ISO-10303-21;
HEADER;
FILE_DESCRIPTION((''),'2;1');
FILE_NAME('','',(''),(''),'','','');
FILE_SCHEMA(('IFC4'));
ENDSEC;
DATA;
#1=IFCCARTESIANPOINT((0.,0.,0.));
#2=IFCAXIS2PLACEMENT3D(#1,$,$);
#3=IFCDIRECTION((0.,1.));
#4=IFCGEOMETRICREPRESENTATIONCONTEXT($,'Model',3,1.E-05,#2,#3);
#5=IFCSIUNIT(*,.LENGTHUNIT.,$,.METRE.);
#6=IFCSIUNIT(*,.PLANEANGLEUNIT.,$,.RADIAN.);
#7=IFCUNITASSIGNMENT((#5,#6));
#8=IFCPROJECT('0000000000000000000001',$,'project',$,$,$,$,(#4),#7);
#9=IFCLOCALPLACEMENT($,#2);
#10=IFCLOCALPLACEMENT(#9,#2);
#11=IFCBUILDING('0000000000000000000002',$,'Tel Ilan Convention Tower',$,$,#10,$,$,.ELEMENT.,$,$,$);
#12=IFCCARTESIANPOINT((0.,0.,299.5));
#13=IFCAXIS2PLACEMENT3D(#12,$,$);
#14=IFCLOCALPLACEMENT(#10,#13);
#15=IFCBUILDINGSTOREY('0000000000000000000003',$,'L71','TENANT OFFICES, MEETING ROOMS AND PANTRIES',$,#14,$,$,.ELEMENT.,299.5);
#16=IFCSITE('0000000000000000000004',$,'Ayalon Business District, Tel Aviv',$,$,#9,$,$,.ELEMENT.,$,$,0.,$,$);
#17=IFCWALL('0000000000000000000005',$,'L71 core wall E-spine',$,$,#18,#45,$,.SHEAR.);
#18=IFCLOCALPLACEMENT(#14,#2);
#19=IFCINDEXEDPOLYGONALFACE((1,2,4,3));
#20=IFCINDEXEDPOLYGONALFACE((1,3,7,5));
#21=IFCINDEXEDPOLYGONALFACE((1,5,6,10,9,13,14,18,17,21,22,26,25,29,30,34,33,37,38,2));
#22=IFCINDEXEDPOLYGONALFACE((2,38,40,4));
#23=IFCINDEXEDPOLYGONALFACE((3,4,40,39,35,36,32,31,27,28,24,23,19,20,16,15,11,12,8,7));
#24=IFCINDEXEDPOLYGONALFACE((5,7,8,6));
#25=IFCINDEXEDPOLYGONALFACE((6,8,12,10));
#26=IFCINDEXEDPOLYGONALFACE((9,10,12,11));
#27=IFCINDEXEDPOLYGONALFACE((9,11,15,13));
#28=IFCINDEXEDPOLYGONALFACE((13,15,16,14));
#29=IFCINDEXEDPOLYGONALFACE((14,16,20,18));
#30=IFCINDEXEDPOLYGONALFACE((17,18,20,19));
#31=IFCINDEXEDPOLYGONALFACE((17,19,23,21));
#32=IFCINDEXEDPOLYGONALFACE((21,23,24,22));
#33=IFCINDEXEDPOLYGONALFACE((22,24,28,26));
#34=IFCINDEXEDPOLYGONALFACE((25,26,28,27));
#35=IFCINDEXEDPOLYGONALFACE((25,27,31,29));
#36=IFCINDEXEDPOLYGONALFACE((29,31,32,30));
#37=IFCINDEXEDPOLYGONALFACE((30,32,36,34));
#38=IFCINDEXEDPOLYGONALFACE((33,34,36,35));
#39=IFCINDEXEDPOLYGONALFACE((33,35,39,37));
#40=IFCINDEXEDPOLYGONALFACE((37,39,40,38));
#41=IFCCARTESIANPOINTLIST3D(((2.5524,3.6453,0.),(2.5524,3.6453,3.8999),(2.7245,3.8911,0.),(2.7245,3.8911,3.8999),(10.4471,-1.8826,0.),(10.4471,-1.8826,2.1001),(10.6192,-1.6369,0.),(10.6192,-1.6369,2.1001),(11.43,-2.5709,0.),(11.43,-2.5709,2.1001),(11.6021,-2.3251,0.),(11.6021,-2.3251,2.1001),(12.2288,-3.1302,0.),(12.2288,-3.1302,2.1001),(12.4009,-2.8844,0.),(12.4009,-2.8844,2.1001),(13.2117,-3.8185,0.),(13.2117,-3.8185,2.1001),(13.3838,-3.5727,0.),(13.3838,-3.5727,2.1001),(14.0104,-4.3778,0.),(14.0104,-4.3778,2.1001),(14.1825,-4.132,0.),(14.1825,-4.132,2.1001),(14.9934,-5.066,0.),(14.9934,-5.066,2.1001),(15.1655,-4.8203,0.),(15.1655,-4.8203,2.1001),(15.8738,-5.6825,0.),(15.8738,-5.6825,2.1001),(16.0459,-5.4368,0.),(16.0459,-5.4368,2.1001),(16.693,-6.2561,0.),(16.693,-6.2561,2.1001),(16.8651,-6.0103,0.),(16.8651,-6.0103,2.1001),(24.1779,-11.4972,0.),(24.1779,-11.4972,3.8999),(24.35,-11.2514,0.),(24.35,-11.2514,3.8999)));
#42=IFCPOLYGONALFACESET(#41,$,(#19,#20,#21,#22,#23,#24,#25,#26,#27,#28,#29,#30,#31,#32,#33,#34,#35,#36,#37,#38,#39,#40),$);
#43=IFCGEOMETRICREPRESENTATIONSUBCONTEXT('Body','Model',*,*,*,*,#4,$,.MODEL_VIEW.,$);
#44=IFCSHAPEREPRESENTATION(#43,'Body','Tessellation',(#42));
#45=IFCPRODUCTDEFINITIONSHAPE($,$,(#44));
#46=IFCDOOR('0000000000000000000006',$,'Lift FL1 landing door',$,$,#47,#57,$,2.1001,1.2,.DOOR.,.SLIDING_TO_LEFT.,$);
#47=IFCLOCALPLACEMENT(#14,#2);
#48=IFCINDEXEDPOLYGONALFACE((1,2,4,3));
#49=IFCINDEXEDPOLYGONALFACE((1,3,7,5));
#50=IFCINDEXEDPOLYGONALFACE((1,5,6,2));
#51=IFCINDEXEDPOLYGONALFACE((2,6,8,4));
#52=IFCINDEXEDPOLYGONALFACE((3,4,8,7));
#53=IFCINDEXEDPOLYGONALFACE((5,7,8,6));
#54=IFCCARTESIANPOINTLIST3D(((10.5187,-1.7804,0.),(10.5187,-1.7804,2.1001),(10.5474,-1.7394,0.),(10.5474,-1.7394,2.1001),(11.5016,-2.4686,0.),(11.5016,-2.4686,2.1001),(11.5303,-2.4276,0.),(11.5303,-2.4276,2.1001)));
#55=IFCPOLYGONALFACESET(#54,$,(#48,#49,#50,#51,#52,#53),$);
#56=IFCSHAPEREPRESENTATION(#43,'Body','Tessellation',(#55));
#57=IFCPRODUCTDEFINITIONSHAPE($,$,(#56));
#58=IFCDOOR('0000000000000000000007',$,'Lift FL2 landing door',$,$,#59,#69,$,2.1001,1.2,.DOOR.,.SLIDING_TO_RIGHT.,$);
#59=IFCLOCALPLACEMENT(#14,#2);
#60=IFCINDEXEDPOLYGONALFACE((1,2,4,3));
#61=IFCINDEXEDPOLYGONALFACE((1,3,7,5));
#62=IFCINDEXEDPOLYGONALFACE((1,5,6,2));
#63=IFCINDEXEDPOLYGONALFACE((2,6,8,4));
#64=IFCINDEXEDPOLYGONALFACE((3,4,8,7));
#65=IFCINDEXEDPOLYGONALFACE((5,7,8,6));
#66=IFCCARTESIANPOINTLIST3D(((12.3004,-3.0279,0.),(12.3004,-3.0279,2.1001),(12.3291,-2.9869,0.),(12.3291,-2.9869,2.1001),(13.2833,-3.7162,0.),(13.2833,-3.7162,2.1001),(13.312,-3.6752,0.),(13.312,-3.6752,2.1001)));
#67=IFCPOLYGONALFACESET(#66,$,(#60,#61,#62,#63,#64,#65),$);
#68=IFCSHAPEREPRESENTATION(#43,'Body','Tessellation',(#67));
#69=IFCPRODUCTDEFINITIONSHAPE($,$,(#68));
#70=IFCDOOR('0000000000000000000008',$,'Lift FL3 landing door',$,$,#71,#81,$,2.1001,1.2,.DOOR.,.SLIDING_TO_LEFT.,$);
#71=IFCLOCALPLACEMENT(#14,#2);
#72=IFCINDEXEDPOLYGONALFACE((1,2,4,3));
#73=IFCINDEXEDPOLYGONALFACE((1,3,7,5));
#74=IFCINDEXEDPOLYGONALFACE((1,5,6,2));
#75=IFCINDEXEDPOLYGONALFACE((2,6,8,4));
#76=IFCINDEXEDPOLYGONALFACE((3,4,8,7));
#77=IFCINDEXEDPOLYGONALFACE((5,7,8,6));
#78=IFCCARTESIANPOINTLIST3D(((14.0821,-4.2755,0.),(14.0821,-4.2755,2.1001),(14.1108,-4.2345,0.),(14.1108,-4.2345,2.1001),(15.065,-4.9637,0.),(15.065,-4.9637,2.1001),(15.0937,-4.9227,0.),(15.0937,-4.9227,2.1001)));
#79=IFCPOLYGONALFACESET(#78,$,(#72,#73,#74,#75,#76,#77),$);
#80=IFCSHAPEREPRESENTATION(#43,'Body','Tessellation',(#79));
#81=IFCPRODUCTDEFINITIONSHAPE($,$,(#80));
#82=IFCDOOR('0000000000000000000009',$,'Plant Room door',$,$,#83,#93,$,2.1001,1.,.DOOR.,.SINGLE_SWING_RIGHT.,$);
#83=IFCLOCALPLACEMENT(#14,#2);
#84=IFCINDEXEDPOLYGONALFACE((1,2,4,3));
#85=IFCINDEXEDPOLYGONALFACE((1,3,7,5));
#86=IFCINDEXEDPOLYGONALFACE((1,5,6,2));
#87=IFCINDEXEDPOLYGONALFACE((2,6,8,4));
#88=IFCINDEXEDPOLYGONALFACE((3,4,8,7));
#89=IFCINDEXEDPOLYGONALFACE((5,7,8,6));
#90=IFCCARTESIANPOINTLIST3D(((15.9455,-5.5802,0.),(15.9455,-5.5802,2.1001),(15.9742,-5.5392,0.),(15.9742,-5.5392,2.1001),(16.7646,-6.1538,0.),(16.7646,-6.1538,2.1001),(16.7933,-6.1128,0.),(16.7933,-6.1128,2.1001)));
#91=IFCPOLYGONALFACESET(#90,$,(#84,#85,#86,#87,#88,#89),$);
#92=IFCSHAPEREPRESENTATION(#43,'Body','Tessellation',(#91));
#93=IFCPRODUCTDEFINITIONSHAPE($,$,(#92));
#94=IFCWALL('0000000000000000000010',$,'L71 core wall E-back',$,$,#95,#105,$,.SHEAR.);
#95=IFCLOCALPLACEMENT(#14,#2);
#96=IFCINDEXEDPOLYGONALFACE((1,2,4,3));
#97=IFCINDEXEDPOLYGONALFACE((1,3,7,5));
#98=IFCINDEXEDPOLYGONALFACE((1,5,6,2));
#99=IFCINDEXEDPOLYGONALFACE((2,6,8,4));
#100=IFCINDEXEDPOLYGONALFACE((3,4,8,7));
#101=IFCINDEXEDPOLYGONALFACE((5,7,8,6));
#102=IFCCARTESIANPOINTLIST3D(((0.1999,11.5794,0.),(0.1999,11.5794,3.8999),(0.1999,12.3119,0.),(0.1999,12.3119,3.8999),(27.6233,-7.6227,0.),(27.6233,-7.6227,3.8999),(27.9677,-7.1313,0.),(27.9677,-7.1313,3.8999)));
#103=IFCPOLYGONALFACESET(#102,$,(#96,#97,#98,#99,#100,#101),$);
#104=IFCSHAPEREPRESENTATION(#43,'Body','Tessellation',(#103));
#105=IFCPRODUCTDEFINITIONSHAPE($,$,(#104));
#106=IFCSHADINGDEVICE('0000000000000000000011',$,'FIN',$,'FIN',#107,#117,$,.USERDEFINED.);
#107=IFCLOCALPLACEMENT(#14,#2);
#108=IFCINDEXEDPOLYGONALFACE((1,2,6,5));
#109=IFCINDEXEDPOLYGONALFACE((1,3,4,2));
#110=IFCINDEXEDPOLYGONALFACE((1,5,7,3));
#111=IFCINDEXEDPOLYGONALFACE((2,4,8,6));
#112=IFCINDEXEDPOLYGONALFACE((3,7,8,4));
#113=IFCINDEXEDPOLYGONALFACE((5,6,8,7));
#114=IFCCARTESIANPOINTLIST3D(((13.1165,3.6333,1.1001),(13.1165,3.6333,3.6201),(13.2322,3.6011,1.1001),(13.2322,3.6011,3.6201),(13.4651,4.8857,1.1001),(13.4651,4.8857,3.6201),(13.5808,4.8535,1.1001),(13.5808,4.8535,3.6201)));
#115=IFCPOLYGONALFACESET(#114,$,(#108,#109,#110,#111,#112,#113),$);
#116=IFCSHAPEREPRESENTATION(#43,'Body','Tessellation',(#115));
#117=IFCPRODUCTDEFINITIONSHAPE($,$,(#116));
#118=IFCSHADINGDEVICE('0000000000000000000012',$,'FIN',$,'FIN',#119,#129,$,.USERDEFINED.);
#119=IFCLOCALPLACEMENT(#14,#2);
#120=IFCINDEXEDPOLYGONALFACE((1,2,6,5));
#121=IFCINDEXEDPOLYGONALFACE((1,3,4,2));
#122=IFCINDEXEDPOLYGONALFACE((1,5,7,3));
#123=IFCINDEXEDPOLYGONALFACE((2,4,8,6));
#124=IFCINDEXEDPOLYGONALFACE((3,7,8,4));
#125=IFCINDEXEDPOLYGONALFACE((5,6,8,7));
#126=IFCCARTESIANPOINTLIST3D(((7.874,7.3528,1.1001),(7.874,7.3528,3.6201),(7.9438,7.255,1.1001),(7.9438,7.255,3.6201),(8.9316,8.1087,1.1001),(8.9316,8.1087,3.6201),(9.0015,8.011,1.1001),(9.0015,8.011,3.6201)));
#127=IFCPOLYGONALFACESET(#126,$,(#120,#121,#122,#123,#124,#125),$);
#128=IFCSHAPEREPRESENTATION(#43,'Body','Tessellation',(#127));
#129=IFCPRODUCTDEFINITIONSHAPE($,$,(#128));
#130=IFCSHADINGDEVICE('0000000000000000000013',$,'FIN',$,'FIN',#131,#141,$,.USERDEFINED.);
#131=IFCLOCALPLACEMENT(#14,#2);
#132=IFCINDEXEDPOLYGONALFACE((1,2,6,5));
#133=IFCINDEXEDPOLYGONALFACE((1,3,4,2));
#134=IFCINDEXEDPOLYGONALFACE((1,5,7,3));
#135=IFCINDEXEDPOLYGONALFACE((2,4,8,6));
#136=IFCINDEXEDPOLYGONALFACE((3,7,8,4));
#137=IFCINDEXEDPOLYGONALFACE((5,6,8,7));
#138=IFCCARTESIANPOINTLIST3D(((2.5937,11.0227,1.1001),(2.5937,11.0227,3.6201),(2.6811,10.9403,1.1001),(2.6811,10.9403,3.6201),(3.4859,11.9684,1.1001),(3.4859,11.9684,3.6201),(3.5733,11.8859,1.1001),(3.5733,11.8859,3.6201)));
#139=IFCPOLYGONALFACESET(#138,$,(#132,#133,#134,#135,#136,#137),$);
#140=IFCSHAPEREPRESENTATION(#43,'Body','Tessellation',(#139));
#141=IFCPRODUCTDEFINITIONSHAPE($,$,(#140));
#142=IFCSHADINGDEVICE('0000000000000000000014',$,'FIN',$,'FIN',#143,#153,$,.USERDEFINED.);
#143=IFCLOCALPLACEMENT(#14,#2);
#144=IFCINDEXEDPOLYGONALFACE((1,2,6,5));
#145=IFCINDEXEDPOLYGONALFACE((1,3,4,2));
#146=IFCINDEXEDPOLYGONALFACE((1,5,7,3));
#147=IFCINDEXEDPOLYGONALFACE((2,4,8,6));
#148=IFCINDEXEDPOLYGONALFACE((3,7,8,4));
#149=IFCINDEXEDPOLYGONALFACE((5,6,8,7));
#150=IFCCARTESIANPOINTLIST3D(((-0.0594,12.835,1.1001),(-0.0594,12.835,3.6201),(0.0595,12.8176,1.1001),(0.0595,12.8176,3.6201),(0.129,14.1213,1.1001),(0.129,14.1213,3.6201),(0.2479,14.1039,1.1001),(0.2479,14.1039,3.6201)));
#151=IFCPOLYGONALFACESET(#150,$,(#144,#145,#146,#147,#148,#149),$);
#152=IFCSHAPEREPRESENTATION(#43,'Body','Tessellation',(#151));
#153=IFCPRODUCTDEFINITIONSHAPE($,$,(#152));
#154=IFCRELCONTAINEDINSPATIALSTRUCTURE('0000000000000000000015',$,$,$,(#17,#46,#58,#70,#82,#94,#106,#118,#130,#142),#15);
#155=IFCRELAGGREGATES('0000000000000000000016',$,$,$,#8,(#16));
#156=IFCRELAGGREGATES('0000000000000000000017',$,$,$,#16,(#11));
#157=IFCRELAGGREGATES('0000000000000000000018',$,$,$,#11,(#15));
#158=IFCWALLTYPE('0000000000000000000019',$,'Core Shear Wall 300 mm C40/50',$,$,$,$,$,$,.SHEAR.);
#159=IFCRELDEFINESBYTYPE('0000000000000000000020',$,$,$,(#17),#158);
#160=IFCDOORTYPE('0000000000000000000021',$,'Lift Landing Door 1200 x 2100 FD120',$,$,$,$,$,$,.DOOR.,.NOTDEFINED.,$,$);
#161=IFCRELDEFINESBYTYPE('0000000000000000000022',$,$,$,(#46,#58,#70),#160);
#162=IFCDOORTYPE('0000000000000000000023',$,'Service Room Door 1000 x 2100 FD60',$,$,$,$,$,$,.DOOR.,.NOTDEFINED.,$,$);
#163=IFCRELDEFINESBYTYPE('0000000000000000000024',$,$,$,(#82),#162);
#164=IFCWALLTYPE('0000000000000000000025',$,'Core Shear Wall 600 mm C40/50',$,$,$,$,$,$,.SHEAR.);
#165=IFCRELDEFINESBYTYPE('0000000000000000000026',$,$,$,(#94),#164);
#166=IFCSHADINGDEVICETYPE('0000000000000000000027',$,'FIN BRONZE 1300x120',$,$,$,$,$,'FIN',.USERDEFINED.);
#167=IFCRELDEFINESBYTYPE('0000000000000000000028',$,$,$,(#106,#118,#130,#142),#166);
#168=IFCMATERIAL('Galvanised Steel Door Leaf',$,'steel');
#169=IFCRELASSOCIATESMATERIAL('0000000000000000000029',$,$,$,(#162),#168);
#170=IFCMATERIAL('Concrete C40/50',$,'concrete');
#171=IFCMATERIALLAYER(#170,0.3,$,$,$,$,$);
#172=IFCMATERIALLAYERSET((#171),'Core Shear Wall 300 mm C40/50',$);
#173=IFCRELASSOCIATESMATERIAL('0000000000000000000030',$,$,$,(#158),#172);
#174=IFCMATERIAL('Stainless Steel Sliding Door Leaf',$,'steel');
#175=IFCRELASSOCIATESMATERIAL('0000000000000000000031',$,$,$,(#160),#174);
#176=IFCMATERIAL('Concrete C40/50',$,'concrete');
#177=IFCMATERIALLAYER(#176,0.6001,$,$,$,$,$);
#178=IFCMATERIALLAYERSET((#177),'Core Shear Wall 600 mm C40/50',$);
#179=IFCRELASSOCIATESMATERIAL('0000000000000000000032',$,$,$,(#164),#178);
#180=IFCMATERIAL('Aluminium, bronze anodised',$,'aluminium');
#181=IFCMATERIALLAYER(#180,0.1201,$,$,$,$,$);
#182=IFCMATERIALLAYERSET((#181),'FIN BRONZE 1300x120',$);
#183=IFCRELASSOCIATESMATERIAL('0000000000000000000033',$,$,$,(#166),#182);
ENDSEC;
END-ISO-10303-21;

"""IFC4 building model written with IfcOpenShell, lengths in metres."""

from ifc_helpers import new_model, si_unit, direction, frame, frame_2d, origin, origin_2d, place, context, subcontext, project, spatial, polyline, rectangle, outline, extrude, material, layer, layer_set, type_object, element, fill, save


model = new_model("IFC4")

# Units and contexts
model_context = context("Model", 3, precision=1e-05, world=origin(), true_north=direction((0.0, 1.0)))
body_context = subcontext(model_context, "Body", "Model", "MODEL_VIEW")
ifc_project = project(units=[si_unit("LENGTHUNIT", "METRE"), si_unit("PLANEANGLEUNIT", "RADIAN")], contexts=[model_context])

# Site, building, storey
site_placement = place(None, origin())
site = spatial("IfcSite", under=ifc_project, at=site_placement, Name="Ayalon Business District, Tel Aviv", CompositionType="ELEMENT", RefElevation=0.0)
building_placement = place(site_placement, origin())
building = spatial("IfcBuilding", under=site, at=building_placement, Name="Tel Ilan Convention Tower", CompositionType="ELEMENT")
storey_placement = place(building_placement, frame((0.0, 0.0, 299.5)))
storey = spatial("IfcBuildingStorey", under=building, at=storey_placement, Name="L71", Description="TENANT OFFICES, MEETING ROOMS AND PANTRIES", CompositionType="ELEMENT", Elevation=299.5)

# Shared definitions
ifc_material_1 = material(Name="Galvanised Steel Door Leaf", Category="steel")
door_type_1 = type_object("IfcDoorType", Name="Service Room Door 1000 x 2100 FD60", OperationType="NOTDEFINED", PredefinedType="DOOR", material=ifc_material_1)

# Wall, openings, doors
ifc_material_2 = material(Name="Concrete C40/50", Category="concrete")
ifc_layer_1 = layer(ifc_material_2, 0.3)
ifc_layer_set_1 = layer_set([ifc_layer_1], Name="Core Shear Wall 300 mm C40/50")
wall_type_1 = type_object("IfcWallType", Name="Core Shear Wall 300 mm C40/50", PredefinedType="SHEAR", material=ifc_layer_set_1)
wall_1_placement = place(storey_placement, frame((2.6384, 3.7681, 0.0), z_axis=(0.0, 0.0, 1.0), x_axis=(0.819155, -0.573572, 0.0)))
wall_1 = element("IfcWall", 1, at=wall_1_placement, inside=storey, type_object=wall_type_1, Name="L71 core wall E-spine", PredefinedType="SHEAR", context=body_context, shape_type="SweptSolid", body=[
    extrude(outline(polyline([(0.0, 0.1501), (0.0, -0.1499), (26.3999, -0.1501), (26.3999, 0.1499), (0.0, 0.1501)])), origin(), (0.0, 0.0, 1.0), 3.8999),
])
opening_1_placement = place(wall_1_placement, frame((9.6375, 0.0, 0.0)))
opening_1 = element("IfcOpeningElement", 2, at=opening_1_placement, cuts=wall_1, PredefinedType="OPENING", context=body_context, shape_type="SweptSolid", body=[
    extrude(rectangle(XDim=1.2, YDim=2.1001, at=frame_2d((0.6001, 1.05))), frame((0.0, 0.1599, 0.0), z_axis=(0.0, -1.0, 0.0), x_axis=(1.0, 0.0, 0.0)), (0.0, 0.0, 1.0), 0.3201),
])
opening_2_placement = place(wall_1_placement, frame((11.8125, 0.0, 0.0)))
opening_2 = element("IfcOpeningElement", 3, at=opening_2_placement, cuts=wall_1, PredefinedType="OPENING", context=body_context, shape_type="SweptSolid", body=[
    extrude(rectangle(XDim=1.2, YDim=2.1001, at=frame_2d((0.6001, 1.05))), frame((0.0, 0.1599, 0.0), z_axis=(0.0, -1.0, 0.0), x_axis=(1.0, 0.0, 0.0)), (0.0, 0.0, 1.0), 0.3201),
])
opening_3_placement = place(wall_1_placement, frame((13.9875, 0.0, 0.0)))
opening_3 = element("IfcOpeningElement", 4, at=opening_3_placement, cuts=wall_1, PredefinedType="OPENING", context=body_context, shape_type="SweptSolid", body=[
    extrude(rectangle(XDim=1.2, YDim=2.1001, at=frame_2d((0.6001, 1.05))), frame((0.0, 0.1599, 0.0), z_axis=(0.0, -1.0, 0.0), x_axis=(1.0, 0.0, 0.0)), (0.0, 0.0, 1.0), 0.3201),
])
opening_4_placement = place(wall_1_placement, frame((16.2625, 0.0, 0.0)))
opening_4 = element("IfcOpeningElement", 5, at=opening_4_placement, cuts=wall_1, PredefinedType="OPENING", context=body_context, shape_type="SweptSolid", body=[
    extrude(rectangle(XDim=1.0, YDim=2.1001, at=frame_2d((0.5, 1.05))), frame((0.0, 0.1599, 0.0), z_axis=(0.0, -1.0, 0.0), x_axis=(1.0, 0.0, 0.0)), (0.0, 0.0, 1.0), 0.3201),
])
ifc_material_3 = material(Name="Stainless Steel Sliding Door Leaf", Category="steel")
door_type_2 = type_object("IfcDoorType", Name="Lift Landing Door 1200 x 2100 FD120", OperationType="NOTDEFINED", PredefinedType="DOOR", material=ifc_material_3)
door_1_placement = place(opening_1_placement, origin())
door_1 = element("IfcDoor", 6, at=door_1_placement, inside=storey, type_object=door_type_2, Name="Lift FL1 landing door", OperationType="SLIDING_TO_LEFT", OverallHeight=2.1001, OverallWidth=1.2, PredefinedType="DOOR", context=body_context, shape_type="SweptSolid", body=[
    extrude(rectangle(XDim=1.2, YDim=2.1001, at=frame_2d((0.6001, 1.05))), frame((0.0, 0.0249, 0.0), z_axis=(0.0, -1.0, 0.0), x_axis=(1.0, 0.0, 0.0)), (0.0, 0.0, 1.0), 0.05),
])
fill(opening_1, door_1)
door_2_placement = place(opening_2_placement, origin())
door_2 = element("IfcDoor", 7, at=door_2_placement, inside=storey, type_object=door_type_2, Name="Lift FL2 landing door", OperationType="SLIDING_TO_RIGHT", OverallHeight=2.1001, OverallWidth=1.2, PredefinedType="DOOR", context=body_context, shape_type="SweptSolid", body=[
    extrude(rectangle(XDim=1.2, YDim=2.1001, at=frame_2d((0.6001, 1.05))), frame((0.0, 0.0249, 0.0), z_axis=(0.0, -1.0, 0.0), x_axis=(1.0, 0.0, 0.0)), (0.0, 0.0, 1.0), 0.05),
])
fill(opening_2, door_2)
door_3_placement = place(opening_3_placement, origin())
door_3 = element("IfcDoor", 8, at=door_3_placement, inside=storey, type_object=door_type_2, Name="Lift FL3 landing door", OperationType="SLIDING_TO_LEFT", OverallHeight=2.1001, OverallWidth=1.2, PredefinedType="DOOR", context=body_context, shape_type="SweptSolid", body=[
    extrude(rectangle(XDim=1.2, YDim=2.1001, at=frame_2d((0.6001, 1.05))), frame((0.0, 0.0249, 0.0), z_axis=(0.0, -1.0, 0.0), x_axis=(1.0, 0.0, 0.0)), (0.0, 0.0, 1.0), 0.05),
])
fill(opening_3, door_3)
door_4_placement = place(opening_4_placement, origin())
door_4 = element("IfcDoor", 9, at=door_4_placement, inside=storey, type_object=door_type_1, Name="Plant Room door", OperationType="SINGLE_SWING_RIGHT", OverallHeight=2.1001, OverallWidth=1.0, PredefinedType="DOOR", context=body_context, shape_type="SweptSolid", body=[
    extrude(rectangle(XDim=1.0, YDim=2.1001, at=frame_2d((0.5, 1.05))), frame((0.0, 0.0249, 0.0), z_axis=(0.0, -1.0, 0.0), x_axis=(1.0, 0.0, 0.0)), (0.0, 0.0, 1.0), 0.05),
])
fill(opening_4, door_4)

# Wall
ifc_material_4 = material(Name="Concrete C40/50", Category="concrete")
ifc_layer_2 = layer(ifc_material_4, 0.6001)
ifc_layer_set_2 = layer_set([ifc_layer_2], Name="Core Shear Wall 600 mm C40/50")
wall_type_2 = type_object("IfcWallType", Name="Core Shear Wall 600 mm C40/50", PredefinedType="SHEAR", material=ifc_layer_set_2)
wall_2_placement = place(storey_placement, frame((0.0278, 12.0662, 0.0), z_axis=(0.0, 0.0, 1.0), x_axis=(0.819151, -0.573577, 0.0)))
element("IfcWall", 10, at=wall_2_placement, inside=storey, type_object=wall_type_2, Name="L71 core wall E-back", PredefinedType="SHEAR", context=body_context, shape_type="SweptSolid", body=[
    extrude(outline(polyline([(33.8982, 0.3), (0.0, 0.3), (0.4202, -0.3), (33.8979, -0.3), (33.8982, 0.3)])), origin(), (0.0, 0.0, 1.0), 3.8999),
])

# Shading devices
ifc_material_5 = material(Name="Aluminium, bronze anodised", Category="aluminium")
ifc_layer_3 = layer(ifc_material_5, 0.1201)
ifc_layer_set_3 = layer_set([ifc_layer_3], Name="FIN BRONZE 1300x120")
shading_device_type_1 = type_object("IfcShadingDeviceType", Name="FIN BRONZE 1300x120", ElementType="FIN", PredefinedType="USERDEFINED", material=ifc_layer_set_3)
for number, where, z_axis, x_axis, name in (
    (11, (13.3486, 4.2434, 1.1001), (0.0, 0.0, 1.0), (0.268173, 0.963371, 0.0), "FIN"),
    (12, (8.4377, 7.6819, 1.1001), (0.0, 0.0, 1.0), (0.813552, 0.581492, 0.0), "FIN"),
    (13, (3.0835, 11.4543, 1.1001), (0.0, 0.0, 1.0), (0.686242, 0.727374, 0.0), "FIN"),
    (14, (0.0942, 13.4695, 1.1001), (0.0, 0.0, 1.0), (0.144932, 0.989442, 0.0), "FIN"),
):
    element("IfcShadingDevice", number, at=place(storey_placement, frame(where, z_axis=z_axis, x_axis=x_axis)), inside=storey, type_object=shading_device_type_1, Name=name, ObjectType="FIN", PredefinedType="USERDEFINED", context=body_context, shape_type="SweptSolid", body=[
        extrude(rectangle(XDim=1.3, YDim=0.1201, at=origin_2d()), origin(), (0.0, 0.0, 1.0), 2.52),
    ])

save(model, "model.ifc")
